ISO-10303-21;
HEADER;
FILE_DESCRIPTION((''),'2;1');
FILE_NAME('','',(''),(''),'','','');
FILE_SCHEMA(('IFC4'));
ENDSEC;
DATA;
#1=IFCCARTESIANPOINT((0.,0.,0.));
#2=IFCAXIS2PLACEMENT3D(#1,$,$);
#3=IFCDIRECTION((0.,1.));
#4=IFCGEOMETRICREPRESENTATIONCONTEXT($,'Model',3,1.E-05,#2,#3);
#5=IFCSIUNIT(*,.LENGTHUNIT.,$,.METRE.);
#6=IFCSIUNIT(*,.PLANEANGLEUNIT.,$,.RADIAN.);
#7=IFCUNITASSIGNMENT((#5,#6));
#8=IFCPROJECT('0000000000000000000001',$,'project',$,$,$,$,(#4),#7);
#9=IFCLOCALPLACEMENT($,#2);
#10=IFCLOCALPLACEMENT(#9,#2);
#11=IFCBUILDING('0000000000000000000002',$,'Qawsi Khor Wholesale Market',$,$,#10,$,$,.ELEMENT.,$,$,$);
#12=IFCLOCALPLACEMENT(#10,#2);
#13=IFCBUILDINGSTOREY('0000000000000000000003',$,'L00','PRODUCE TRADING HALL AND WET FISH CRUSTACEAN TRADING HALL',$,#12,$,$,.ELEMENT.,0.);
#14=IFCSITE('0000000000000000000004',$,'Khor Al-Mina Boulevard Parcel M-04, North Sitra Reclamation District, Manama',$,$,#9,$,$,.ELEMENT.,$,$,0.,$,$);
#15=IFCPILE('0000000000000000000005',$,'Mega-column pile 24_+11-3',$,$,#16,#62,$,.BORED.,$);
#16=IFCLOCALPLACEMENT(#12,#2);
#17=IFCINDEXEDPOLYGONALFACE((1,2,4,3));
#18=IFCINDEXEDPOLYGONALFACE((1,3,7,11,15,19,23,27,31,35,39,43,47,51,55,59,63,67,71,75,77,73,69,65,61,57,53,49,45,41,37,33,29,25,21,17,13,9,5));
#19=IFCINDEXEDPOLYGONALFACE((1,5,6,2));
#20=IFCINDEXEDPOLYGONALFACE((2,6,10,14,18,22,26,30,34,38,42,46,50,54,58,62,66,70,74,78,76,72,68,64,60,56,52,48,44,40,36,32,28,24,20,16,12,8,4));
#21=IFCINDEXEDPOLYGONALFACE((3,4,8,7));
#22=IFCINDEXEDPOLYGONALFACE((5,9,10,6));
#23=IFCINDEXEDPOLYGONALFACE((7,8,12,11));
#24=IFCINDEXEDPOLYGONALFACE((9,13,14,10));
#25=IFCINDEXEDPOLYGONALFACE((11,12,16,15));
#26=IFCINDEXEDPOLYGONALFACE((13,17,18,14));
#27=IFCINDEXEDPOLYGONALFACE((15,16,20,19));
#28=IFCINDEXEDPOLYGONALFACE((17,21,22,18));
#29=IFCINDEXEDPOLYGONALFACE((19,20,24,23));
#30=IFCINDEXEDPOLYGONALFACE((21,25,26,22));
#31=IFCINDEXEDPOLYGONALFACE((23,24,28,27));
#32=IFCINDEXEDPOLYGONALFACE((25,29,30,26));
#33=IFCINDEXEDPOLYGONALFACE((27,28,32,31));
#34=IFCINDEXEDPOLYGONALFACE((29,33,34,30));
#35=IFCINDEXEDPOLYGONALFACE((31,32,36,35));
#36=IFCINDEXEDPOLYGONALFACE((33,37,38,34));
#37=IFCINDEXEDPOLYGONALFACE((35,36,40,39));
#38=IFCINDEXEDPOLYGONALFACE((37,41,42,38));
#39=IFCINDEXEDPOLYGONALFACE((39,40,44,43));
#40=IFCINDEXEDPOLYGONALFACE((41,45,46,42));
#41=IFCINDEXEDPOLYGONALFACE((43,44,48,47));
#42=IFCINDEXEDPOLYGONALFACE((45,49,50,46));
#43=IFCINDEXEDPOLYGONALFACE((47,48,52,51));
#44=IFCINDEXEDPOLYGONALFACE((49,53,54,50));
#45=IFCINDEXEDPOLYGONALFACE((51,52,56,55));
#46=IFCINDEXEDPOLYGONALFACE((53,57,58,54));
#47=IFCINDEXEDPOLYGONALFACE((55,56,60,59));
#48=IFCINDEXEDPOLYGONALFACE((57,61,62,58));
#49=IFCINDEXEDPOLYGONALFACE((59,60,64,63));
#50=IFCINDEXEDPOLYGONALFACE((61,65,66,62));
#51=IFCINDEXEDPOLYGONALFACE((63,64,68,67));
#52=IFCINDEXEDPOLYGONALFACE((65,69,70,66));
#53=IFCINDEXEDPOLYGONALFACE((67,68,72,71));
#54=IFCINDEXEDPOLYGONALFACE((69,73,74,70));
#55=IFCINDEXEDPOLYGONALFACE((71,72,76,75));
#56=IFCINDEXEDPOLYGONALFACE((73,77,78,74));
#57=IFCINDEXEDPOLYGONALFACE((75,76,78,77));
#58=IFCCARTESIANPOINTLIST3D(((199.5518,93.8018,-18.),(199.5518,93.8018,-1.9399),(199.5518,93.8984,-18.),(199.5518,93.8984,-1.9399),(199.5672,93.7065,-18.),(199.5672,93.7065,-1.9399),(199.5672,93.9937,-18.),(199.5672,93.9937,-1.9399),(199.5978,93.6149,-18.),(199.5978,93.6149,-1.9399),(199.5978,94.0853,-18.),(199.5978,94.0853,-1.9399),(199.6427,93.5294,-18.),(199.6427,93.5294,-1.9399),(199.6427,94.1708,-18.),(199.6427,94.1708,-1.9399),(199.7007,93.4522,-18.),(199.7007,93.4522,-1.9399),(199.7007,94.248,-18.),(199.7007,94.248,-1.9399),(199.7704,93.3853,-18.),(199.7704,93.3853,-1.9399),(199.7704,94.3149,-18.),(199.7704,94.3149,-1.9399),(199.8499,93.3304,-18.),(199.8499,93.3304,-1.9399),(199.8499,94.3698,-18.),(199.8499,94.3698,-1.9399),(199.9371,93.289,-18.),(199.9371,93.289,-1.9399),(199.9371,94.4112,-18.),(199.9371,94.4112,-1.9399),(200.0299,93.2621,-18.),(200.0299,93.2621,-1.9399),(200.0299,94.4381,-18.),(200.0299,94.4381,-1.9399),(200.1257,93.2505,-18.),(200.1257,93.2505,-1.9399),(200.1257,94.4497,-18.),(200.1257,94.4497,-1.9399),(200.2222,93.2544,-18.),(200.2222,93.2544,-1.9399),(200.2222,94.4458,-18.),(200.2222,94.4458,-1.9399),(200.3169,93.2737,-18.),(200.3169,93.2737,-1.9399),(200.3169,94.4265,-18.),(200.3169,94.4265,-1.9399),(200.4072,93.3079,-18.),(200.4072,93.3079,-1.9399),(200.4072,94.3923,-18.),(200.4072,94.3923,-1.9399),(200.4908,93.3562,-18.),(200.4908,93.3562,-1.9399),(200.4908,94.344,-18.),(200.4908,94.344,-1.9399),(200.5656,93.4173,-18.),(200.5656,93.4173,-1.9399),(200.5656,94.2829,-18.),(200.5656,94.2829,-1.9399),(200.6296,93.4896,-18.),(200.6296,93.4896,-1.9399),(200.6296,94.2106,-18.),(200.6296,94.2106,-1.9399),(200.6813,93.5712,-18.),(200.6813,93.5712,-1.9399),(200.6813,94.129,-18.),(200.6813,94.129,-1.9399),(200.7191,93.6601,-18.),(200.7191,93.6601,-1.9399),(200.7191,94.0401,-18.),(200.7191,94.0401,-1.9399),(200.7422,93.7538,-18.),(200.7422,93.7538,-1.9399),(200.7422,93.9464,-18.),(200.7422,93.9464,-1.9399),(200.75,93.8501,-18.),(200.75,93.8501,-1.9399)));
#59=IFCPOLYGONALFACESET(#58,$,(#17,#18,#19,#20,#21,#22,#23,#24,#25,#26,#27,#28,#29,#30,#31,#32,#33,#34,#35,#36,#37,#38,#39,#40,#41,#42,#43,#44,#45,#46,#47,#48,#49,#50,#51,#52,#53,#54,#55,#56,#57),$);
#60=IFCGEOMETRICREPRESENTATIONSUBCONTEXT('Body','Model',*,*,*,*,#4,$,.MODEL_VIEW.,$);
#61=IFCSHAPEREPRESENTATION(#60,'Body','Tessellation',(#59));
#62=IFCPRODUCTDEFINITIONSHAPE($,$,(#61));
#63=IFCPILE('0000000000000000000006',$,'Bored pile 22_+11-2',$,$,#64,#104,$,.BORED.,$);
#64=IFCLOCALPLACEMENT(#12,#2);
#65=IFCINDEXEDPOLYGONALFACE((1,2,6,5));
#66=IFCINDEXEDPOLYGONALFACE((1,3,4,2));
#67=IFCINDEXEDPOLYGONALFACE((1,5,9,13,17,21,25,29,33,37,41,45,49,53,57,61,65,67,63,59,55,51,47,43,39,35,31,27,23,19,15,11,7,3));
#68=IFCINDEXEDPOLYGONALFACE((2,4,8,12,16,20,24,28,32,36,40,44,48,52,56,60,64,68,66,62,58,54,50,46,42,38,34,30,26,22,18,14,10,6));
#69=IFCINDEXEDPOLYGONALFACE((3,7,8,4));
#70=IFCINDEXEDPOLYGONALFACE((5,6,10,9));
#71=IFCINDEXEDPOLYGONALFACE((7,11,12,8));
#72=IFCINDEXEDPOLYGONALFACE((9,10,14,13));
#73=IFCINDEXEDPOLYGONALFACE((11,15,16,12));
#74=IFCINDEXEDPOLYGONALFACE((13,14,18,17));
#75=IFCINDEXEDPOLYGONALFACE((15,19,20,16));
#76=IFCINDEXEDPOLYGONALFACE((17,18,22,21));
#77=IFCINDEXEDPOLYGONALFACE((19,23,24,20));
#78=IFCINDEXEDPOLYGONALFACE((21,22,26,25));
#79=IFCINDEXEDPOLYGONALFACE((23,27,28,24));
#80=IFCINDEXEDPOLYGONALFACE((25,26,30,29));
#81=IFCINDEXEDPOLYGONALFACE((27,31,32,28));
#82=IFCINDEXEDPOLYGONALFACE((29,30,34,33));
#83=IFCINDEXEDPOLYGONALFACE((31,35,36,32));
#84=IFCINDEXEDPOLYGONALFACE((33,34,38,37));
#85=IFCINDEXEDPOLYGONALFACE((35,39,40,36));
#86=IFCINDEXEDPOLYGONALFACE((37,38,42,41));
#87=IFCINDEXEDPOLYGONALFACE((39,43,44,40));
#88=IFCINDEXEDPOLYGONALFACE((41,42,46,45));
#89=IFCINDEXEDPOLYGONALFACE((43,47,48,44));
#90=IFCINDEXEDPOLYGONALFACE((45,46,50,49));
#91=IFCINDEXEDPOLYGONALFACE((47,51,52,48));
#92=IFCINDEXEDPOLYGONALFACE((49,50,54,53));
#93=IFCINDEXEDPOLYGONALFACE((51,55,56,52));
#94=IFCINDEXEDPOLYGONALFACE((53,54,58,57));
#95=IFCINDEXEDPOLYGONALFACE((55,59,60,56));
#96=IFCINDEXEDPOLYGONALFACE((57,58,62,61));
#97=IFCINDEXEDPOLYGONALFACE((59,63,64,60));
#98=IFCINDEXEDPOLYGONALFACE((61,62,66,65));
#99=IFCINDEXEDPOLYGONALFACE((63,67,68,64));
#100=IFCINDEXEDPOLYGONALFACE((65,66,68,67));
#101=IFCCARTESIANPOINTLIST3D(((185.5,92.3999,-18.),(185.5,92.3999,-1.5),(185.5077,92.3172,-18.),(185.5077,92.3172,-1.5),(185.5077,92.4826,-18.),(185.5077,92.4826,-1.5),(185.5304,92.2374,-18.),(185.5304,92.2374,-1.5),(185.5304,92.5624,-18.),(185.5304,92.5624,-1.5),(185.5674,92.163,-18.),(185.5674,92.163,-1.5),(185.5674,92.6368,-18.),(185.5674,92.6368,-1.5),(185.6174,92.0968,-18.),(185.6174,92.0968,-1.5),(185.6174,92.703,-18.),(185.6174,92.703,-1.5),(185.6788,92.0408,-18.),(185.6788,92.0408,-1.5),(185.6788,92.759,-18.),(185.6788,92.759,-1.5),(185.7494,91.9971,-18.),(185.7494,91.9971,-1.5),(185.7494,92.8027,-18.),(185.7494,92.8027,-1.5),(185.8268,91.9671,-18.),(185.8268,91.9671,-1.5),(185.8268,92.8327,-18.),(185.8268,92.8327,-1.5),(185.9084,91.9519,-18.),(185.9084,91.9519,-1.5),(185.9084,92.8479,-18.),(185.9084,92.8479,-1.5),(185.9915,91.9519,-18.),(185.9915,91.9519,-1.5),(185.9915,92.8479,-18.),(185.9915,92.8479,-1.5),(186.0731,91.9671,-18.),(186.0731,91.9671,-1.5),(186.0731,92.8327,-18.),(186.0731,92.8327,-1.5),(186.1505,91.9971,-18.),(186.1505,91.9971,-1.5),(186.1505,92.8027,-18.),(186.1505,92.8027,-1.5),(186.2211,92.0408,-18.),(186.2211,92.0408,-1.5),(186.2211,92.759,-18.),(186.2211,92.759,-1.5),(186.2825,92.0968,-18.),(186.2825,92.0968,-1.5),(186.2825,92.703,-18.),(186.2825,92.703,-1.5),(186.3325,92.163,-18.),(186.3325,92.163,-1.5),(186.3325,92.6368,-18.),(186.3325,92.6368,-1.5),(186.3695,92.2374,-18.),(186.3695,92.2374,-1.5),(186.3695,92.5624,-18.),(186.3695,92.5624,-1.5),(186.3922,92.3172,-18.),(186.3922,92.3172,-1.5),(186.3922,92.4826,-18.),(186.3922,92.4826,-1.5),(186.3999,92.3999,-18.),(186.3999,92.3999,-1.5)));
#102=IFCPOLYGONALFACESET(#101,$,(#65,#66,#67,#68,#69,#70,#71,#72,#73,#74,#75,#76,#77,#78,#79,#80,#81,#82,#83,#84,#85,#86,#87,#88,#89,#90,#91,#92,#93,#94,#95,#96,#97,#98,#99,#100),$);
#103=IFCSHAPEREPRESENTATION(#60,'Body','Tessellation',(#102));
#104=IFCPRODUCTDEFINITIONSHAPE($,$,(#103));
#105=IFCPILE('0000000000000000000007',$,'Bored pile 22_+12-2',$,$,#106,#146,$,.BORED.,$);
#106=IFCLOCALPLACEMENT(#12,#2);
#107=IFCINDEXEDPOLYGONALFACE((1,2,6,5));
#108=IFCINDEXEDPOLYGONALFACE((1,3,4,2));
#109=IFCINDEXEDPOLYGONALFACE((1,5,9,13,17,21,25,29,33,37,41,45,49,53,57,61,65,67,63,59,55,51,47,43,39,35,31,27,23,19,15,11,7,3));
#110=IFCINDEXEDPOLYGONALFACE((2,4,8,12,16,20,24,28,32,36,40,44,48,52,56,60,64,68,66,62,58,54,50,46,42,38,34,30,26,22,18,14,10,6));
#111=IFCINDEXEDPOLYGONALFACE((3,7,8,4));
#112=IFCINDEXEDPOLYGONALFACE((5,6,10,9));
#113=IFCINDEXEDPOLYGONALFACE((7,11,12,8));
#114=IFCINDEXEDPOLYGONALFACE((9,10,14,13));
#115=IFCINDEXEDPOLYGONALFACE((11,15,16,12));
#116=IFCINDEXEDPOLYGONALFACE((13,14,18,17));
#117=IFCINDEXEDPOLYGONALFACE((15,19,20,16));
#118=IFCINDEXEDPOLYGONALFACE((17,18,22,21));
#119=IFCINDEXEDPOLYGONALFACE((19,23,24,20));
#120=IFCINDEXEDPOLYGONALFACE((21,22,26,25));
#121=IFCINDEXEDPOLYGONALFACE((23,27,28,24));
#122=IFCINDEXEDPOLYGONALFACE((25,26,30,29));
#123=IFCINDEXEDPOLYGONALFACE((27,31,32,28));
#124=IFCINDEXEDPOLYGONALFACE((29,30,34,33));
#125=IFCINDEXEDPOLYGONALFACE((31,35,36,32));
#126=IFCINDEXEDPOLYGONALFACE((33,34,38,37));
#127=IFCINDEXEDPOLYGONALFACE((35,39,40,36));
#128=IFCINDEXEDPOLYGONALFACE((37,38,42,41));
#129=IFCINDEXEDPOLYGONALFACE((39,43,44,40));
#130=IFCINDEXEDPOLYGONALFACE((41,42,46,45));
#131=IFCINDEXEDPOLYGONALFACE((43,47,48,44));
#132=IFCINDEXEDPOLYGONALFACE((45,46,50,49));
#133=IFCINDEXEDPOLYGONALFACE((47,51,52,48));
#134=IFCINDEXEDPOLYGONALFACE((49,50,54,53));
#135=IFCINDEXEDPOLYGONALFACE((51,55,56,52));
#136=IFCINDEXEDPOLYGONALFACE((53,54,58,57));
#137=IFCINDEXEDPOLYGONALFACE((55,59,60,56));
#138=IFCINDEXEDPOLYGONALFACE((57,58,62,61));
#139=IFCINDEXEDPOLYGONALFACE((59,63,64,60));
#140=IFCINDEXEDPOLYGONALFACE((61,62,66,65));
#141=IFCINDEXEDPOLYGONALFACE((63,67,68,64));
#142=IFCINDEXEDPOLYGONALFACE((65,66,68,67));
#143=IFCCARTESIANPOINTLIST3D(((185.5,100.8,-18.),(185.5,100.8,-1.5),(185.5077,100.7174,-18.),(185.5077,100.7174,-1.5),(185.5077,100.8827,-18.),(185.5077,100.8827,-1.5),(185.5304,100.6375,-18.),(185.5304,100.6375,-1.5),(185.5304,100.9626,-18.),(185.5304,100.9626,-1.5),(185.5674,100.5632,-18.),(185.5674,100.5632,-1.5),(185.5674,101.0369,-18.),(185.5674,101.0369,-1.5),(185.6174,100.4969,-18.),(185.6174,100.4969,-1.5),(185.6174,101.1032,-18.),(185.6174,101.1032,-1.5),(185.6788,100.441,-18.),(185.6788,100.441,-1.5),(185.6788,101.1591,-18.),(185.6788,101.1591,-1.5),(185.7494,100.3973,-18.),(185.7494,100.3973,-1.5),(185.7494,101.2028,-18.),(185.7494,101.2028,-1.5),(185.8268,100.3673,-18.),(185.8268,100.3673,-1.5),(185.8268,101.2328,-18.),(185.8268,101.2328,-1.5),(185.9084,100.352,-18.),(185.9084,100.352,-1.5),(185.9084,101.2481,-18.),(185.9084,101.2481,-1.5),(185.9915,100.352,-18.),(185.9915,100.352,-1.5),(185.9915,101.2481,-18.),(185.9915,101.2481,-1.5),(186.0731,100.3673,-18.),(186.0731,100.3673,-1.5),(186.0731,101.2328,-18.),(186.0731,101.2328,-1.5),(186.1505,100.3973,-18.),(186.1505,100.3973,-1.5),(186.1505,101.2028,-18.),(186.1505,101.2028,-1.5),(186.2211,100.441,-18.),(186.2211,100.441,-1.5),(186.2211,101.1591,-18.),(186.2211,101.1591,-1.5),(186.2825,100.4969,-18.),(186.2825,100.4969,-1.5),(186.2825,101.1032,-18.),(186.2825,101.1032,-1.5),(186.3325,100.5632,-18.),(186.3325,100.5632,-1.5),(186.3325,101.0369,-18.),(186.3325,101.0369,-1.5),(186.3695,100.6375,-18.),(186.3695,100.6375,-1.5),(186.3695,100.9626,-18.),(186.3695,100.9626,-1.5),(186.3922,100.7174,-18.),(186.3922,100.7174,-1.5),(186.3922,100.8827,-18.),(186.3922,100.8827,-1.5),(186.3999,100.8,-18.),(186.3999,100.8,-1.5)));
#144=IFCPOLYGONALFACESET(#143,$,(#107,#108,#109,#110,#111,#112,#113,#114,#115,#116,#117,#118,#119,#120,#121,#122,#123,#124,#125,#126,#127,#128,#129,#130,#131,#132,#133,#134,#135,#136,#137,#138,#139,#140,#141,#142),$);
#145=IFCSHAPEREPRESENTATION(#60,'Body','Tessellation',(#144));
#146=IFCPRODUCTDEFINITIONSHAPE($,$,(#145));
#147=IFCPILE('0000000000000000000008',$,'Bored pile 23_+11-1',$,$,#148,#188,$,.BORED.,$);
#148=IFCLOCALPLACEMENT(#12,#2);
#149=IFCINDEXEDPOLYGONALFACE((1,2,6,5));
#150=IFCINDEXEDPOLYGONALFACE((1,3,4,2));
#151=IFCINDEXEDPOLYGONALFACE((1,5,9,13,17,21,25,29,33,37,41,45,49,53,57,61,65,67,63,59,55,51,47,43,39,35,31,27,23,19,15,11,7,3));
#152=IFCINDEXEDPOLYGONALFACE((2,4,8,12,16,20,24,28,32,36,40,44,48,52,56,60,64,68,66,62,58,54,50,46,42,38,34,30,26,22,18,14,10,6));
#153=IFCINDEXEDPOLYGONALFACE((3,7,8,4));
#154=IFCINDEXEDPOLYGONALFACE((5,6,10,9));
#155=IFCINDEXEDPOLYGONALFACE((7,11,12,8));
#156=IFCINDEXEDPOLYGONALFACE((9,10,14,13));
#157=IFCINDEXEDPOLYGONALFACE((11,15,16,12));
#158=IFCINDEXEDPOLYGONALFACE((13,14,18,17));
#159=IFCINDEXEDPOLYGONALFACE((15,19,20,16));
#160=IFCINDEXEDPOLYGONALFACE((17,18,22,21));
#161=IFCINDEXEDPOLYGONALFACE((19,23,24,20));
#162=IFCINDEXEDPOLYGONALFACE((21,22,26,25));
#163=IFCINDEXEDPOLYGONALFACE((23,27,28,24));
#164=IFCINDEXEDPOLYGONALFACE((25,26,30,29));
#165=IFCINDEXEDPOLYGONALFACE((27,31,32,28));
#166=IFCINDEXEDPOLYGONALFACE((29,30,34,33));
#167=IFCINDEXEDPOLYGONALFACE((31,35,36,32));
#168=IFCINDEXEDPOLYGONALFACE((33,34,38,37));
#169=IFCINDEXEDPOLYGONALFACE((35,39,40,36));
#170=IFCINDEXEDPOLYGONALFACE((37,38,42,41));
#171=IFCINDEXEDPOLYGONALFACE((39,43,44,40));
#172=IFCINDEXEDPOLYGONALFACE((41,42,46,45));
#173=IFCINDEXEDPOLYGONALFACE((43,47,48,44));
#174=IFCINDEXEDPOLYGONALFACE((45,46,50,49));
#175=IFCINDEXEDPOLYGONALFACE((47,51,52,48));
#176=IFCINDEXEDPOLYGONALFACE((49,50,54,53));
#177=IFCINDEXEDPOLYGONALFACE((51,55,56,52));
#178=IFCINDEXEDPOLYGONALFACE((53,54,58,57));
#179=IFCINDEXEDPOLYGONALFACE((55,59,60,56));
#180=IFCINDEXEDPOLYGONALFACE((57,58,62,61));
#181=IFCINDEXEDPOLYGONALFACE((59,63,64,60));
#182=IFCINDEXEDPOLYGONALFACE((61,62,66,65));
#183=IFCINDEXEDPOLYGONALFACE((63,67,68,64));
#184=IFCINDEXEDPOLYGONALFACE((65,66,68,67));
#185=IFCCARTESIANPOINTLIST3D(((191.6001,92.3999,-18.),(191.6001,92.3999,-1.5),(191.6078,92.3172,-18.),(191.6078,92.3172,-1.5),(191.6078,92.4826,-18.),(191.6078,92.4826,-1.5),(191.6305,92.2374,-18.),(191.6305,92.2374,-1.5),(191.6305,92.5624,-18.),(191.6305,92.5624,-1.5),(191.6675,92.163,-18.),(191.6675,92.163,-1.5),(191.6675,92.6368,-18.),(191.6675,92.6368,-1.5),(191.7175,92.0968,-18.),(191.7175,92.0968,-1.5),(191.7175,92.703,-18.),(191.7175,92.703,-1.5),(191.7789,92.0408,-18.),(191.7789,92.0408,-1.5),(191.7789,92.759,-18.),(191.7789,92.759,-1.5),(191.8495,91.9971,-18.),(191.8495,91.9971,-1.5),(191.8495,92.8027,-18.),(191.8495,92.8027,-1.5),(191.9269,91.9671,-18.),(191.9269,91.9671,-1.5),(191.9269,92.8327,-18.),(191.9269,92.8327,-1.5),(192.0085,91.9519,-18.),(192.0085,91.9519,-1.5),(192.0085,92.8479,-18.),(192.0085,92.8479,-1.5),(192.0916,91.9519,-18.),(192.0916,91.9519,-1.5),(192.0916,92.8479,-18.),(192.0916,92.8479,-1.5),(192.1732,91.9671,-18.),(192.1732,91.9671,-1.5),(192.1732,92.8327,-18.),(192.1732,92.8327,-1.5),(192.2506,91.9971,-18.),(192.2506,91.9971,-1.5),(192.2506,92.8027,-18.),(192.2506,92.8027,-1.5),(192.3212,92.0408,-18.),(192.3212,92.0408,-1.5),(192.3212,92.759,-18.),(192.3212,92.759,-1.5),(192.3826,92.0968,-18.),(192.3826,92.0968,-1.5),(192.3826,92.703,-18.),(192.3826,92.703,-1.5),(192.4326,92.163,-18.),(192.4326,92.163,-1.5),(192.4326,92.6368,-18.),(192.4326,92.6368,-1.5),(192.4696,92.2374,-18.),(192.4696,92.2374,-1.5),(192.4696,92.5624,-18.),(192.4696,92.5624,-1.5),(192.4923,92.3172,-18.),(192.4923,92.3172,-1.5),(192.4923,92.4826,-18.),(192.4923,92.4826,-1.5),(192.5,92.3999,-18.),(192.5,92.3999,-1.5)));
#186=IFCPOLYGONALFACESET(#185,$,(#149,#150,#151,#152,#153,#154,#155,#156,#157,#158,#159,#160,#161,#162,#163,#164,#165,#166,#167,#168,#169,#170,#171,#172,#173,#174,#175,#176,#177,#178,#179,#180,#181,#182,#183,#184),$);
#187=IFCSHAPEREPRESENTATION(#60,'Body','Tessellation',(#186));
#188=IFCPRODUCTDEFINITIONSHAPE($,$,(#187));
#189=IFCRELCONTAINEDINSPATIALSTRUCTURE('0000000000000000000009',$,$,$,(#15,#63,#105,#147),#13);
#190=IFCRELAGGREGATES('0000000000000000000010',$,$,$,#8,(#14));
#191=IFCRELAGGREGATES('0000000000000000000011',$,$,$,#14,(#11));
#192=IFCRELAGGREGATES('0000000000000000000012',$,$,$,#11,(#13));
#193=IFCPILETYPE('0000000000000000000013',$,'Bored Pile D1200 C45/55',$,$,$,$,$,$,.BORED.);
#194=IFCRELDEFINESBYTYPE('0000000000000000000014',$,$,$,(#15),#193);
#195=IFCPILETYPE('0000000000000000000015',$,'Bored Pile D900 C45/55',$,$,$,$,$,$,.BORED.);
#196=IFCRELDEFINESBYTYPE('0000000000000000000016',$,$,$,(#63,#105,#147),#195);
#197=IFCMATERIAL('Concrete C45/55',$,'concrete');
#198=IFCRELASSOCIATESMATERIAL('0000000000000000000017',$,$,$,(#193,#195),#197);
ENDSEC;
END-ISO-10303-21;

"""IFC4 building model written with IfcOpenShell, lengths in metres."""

from ifc_helpers import new_model, si_unit, direction, frame, origin, origin_2d, place, context, subcontext, project, spatial, circle, extrude, material, material_profile, profile_set, type_object, element, save


model = new_model("IFC4")

# Units and contexts
model_context = context("Model", 3, precision=1e-05, world=origin(), true_north=direction((0.0, 1.0)))
body_context = subcontext(model_context, "Body", "Model", "MODEL_VIEW")
ifc_project = project(units=[si_unit("LENGTHUNIT", "METRE"), si_unit("PLANEANGLEUNIT", "RADIAN")], contexts=[model_context])

# Site, building, storey
site_placement = place(None, origin())
site = spatial("IfcSite", under=ifc_project, at=site_placement, Name="Khor Al-Mina Boulevard Parcel M-04, North Sitra Reclamation District, Manama", CompositionType="ELEMENT", RefElevation=0.0)
building_placement = place(site_placement, origin())
building = spatial("IfcBuilding", under=site, at=building_placement, Name="Qawsi Khor Wholesale Market", CompositionType="ELEMENT")
storey_placement = place(building_placement, origin())
storey = spatial("IfcBuildingStorey", under=building, at=storey_placement, Name="L00", Description="PRODUCE TRADING HALL AND WET FISH CRUSTACEAN TRADING HALL", CompositionType="ELEMENT", Elevation=0.0)

# Piles
ifc_material_1 = material(Name="Concrete C45/55", Category="concrete")
ifc_material_profile_1 = material_profile(ifc_material_1, circle(Radius=0.6001, at=origin_2d()), Name="PILE D1200")
ifc_profile_set_1 = profile_set([ifc_material_profile_1], Name="Concrete C45/55")
pile_type_1 = type_object("IfcPileType", Name="Bored Pile D1200 C45/55", PredefinedType="BORED", material=ifc_profile_set_1)
pile_placement = place(storey_placement, frame((200.1499, 93.8501, -1.9399), z_axis=(0.0, 0.0, -1.0), x_axis=(1.0, 0.0, 0.0)))
element("IfcPile", 1, at=pile_placement, inside=storey, type_object=pile_type_1, Name="Mega-column pile 24_+11-3", PredefinedType="BORED", context=body_context, shape_type="SweptSolid", body=[
    extrude(circle(Radius=0.6001, at=origin_2d()), origin(), (0.0, 0.0, 1.0), 16.0601),
])
ifc_material_profile_2 = material_profile(ifc_material_1, circle(Radius=0.45, at=origin_2d()), Name="PILE D900")
ifc_profile_set_2 = profile_set([ifc_material_profile_2], Name="Concrete C45/55")
pile_type_2 = type_object("IfcPileType", Name="Bored Pile D900 C45/55", PredefinedType="BORED", material=ifc_profile_set_2)
for number, where, z_axis, x_axis, name in (
    (2, (185.95, 92.3999, -1.5), (0.0, 0.0, -1.0), (1.0, 0.0, 0.0), "Bored pile 22_+11-2"),
    (3, (185.95, 100.8, -1.5), (0.0, 0.0, -1.0), (1.0, 0.0, 0.0), "Bored pile 22_+12-2"),
    (4, (192.05, 92.3999, -1.5), (0.0, 0.0, -1.0), (1.0, 0.0, 0.0), "Bored pile 23_+11-1"),
):
    element("IfcPile", number, at=place(storey_placement, frame(where, z_axis=z_axis, x_axis=x_axis)), inside=storey, type_object=pile_type_2, Name=name, PredefinedType="BORED", context=body_context, shape_type="SweptSolid", body=[
        extrude(circle(Radius=0.45, at=origin_2d()), origin(), (0.0, 0.0, 1.0), 16.5),
    ])

save(model, "model.ifc")
